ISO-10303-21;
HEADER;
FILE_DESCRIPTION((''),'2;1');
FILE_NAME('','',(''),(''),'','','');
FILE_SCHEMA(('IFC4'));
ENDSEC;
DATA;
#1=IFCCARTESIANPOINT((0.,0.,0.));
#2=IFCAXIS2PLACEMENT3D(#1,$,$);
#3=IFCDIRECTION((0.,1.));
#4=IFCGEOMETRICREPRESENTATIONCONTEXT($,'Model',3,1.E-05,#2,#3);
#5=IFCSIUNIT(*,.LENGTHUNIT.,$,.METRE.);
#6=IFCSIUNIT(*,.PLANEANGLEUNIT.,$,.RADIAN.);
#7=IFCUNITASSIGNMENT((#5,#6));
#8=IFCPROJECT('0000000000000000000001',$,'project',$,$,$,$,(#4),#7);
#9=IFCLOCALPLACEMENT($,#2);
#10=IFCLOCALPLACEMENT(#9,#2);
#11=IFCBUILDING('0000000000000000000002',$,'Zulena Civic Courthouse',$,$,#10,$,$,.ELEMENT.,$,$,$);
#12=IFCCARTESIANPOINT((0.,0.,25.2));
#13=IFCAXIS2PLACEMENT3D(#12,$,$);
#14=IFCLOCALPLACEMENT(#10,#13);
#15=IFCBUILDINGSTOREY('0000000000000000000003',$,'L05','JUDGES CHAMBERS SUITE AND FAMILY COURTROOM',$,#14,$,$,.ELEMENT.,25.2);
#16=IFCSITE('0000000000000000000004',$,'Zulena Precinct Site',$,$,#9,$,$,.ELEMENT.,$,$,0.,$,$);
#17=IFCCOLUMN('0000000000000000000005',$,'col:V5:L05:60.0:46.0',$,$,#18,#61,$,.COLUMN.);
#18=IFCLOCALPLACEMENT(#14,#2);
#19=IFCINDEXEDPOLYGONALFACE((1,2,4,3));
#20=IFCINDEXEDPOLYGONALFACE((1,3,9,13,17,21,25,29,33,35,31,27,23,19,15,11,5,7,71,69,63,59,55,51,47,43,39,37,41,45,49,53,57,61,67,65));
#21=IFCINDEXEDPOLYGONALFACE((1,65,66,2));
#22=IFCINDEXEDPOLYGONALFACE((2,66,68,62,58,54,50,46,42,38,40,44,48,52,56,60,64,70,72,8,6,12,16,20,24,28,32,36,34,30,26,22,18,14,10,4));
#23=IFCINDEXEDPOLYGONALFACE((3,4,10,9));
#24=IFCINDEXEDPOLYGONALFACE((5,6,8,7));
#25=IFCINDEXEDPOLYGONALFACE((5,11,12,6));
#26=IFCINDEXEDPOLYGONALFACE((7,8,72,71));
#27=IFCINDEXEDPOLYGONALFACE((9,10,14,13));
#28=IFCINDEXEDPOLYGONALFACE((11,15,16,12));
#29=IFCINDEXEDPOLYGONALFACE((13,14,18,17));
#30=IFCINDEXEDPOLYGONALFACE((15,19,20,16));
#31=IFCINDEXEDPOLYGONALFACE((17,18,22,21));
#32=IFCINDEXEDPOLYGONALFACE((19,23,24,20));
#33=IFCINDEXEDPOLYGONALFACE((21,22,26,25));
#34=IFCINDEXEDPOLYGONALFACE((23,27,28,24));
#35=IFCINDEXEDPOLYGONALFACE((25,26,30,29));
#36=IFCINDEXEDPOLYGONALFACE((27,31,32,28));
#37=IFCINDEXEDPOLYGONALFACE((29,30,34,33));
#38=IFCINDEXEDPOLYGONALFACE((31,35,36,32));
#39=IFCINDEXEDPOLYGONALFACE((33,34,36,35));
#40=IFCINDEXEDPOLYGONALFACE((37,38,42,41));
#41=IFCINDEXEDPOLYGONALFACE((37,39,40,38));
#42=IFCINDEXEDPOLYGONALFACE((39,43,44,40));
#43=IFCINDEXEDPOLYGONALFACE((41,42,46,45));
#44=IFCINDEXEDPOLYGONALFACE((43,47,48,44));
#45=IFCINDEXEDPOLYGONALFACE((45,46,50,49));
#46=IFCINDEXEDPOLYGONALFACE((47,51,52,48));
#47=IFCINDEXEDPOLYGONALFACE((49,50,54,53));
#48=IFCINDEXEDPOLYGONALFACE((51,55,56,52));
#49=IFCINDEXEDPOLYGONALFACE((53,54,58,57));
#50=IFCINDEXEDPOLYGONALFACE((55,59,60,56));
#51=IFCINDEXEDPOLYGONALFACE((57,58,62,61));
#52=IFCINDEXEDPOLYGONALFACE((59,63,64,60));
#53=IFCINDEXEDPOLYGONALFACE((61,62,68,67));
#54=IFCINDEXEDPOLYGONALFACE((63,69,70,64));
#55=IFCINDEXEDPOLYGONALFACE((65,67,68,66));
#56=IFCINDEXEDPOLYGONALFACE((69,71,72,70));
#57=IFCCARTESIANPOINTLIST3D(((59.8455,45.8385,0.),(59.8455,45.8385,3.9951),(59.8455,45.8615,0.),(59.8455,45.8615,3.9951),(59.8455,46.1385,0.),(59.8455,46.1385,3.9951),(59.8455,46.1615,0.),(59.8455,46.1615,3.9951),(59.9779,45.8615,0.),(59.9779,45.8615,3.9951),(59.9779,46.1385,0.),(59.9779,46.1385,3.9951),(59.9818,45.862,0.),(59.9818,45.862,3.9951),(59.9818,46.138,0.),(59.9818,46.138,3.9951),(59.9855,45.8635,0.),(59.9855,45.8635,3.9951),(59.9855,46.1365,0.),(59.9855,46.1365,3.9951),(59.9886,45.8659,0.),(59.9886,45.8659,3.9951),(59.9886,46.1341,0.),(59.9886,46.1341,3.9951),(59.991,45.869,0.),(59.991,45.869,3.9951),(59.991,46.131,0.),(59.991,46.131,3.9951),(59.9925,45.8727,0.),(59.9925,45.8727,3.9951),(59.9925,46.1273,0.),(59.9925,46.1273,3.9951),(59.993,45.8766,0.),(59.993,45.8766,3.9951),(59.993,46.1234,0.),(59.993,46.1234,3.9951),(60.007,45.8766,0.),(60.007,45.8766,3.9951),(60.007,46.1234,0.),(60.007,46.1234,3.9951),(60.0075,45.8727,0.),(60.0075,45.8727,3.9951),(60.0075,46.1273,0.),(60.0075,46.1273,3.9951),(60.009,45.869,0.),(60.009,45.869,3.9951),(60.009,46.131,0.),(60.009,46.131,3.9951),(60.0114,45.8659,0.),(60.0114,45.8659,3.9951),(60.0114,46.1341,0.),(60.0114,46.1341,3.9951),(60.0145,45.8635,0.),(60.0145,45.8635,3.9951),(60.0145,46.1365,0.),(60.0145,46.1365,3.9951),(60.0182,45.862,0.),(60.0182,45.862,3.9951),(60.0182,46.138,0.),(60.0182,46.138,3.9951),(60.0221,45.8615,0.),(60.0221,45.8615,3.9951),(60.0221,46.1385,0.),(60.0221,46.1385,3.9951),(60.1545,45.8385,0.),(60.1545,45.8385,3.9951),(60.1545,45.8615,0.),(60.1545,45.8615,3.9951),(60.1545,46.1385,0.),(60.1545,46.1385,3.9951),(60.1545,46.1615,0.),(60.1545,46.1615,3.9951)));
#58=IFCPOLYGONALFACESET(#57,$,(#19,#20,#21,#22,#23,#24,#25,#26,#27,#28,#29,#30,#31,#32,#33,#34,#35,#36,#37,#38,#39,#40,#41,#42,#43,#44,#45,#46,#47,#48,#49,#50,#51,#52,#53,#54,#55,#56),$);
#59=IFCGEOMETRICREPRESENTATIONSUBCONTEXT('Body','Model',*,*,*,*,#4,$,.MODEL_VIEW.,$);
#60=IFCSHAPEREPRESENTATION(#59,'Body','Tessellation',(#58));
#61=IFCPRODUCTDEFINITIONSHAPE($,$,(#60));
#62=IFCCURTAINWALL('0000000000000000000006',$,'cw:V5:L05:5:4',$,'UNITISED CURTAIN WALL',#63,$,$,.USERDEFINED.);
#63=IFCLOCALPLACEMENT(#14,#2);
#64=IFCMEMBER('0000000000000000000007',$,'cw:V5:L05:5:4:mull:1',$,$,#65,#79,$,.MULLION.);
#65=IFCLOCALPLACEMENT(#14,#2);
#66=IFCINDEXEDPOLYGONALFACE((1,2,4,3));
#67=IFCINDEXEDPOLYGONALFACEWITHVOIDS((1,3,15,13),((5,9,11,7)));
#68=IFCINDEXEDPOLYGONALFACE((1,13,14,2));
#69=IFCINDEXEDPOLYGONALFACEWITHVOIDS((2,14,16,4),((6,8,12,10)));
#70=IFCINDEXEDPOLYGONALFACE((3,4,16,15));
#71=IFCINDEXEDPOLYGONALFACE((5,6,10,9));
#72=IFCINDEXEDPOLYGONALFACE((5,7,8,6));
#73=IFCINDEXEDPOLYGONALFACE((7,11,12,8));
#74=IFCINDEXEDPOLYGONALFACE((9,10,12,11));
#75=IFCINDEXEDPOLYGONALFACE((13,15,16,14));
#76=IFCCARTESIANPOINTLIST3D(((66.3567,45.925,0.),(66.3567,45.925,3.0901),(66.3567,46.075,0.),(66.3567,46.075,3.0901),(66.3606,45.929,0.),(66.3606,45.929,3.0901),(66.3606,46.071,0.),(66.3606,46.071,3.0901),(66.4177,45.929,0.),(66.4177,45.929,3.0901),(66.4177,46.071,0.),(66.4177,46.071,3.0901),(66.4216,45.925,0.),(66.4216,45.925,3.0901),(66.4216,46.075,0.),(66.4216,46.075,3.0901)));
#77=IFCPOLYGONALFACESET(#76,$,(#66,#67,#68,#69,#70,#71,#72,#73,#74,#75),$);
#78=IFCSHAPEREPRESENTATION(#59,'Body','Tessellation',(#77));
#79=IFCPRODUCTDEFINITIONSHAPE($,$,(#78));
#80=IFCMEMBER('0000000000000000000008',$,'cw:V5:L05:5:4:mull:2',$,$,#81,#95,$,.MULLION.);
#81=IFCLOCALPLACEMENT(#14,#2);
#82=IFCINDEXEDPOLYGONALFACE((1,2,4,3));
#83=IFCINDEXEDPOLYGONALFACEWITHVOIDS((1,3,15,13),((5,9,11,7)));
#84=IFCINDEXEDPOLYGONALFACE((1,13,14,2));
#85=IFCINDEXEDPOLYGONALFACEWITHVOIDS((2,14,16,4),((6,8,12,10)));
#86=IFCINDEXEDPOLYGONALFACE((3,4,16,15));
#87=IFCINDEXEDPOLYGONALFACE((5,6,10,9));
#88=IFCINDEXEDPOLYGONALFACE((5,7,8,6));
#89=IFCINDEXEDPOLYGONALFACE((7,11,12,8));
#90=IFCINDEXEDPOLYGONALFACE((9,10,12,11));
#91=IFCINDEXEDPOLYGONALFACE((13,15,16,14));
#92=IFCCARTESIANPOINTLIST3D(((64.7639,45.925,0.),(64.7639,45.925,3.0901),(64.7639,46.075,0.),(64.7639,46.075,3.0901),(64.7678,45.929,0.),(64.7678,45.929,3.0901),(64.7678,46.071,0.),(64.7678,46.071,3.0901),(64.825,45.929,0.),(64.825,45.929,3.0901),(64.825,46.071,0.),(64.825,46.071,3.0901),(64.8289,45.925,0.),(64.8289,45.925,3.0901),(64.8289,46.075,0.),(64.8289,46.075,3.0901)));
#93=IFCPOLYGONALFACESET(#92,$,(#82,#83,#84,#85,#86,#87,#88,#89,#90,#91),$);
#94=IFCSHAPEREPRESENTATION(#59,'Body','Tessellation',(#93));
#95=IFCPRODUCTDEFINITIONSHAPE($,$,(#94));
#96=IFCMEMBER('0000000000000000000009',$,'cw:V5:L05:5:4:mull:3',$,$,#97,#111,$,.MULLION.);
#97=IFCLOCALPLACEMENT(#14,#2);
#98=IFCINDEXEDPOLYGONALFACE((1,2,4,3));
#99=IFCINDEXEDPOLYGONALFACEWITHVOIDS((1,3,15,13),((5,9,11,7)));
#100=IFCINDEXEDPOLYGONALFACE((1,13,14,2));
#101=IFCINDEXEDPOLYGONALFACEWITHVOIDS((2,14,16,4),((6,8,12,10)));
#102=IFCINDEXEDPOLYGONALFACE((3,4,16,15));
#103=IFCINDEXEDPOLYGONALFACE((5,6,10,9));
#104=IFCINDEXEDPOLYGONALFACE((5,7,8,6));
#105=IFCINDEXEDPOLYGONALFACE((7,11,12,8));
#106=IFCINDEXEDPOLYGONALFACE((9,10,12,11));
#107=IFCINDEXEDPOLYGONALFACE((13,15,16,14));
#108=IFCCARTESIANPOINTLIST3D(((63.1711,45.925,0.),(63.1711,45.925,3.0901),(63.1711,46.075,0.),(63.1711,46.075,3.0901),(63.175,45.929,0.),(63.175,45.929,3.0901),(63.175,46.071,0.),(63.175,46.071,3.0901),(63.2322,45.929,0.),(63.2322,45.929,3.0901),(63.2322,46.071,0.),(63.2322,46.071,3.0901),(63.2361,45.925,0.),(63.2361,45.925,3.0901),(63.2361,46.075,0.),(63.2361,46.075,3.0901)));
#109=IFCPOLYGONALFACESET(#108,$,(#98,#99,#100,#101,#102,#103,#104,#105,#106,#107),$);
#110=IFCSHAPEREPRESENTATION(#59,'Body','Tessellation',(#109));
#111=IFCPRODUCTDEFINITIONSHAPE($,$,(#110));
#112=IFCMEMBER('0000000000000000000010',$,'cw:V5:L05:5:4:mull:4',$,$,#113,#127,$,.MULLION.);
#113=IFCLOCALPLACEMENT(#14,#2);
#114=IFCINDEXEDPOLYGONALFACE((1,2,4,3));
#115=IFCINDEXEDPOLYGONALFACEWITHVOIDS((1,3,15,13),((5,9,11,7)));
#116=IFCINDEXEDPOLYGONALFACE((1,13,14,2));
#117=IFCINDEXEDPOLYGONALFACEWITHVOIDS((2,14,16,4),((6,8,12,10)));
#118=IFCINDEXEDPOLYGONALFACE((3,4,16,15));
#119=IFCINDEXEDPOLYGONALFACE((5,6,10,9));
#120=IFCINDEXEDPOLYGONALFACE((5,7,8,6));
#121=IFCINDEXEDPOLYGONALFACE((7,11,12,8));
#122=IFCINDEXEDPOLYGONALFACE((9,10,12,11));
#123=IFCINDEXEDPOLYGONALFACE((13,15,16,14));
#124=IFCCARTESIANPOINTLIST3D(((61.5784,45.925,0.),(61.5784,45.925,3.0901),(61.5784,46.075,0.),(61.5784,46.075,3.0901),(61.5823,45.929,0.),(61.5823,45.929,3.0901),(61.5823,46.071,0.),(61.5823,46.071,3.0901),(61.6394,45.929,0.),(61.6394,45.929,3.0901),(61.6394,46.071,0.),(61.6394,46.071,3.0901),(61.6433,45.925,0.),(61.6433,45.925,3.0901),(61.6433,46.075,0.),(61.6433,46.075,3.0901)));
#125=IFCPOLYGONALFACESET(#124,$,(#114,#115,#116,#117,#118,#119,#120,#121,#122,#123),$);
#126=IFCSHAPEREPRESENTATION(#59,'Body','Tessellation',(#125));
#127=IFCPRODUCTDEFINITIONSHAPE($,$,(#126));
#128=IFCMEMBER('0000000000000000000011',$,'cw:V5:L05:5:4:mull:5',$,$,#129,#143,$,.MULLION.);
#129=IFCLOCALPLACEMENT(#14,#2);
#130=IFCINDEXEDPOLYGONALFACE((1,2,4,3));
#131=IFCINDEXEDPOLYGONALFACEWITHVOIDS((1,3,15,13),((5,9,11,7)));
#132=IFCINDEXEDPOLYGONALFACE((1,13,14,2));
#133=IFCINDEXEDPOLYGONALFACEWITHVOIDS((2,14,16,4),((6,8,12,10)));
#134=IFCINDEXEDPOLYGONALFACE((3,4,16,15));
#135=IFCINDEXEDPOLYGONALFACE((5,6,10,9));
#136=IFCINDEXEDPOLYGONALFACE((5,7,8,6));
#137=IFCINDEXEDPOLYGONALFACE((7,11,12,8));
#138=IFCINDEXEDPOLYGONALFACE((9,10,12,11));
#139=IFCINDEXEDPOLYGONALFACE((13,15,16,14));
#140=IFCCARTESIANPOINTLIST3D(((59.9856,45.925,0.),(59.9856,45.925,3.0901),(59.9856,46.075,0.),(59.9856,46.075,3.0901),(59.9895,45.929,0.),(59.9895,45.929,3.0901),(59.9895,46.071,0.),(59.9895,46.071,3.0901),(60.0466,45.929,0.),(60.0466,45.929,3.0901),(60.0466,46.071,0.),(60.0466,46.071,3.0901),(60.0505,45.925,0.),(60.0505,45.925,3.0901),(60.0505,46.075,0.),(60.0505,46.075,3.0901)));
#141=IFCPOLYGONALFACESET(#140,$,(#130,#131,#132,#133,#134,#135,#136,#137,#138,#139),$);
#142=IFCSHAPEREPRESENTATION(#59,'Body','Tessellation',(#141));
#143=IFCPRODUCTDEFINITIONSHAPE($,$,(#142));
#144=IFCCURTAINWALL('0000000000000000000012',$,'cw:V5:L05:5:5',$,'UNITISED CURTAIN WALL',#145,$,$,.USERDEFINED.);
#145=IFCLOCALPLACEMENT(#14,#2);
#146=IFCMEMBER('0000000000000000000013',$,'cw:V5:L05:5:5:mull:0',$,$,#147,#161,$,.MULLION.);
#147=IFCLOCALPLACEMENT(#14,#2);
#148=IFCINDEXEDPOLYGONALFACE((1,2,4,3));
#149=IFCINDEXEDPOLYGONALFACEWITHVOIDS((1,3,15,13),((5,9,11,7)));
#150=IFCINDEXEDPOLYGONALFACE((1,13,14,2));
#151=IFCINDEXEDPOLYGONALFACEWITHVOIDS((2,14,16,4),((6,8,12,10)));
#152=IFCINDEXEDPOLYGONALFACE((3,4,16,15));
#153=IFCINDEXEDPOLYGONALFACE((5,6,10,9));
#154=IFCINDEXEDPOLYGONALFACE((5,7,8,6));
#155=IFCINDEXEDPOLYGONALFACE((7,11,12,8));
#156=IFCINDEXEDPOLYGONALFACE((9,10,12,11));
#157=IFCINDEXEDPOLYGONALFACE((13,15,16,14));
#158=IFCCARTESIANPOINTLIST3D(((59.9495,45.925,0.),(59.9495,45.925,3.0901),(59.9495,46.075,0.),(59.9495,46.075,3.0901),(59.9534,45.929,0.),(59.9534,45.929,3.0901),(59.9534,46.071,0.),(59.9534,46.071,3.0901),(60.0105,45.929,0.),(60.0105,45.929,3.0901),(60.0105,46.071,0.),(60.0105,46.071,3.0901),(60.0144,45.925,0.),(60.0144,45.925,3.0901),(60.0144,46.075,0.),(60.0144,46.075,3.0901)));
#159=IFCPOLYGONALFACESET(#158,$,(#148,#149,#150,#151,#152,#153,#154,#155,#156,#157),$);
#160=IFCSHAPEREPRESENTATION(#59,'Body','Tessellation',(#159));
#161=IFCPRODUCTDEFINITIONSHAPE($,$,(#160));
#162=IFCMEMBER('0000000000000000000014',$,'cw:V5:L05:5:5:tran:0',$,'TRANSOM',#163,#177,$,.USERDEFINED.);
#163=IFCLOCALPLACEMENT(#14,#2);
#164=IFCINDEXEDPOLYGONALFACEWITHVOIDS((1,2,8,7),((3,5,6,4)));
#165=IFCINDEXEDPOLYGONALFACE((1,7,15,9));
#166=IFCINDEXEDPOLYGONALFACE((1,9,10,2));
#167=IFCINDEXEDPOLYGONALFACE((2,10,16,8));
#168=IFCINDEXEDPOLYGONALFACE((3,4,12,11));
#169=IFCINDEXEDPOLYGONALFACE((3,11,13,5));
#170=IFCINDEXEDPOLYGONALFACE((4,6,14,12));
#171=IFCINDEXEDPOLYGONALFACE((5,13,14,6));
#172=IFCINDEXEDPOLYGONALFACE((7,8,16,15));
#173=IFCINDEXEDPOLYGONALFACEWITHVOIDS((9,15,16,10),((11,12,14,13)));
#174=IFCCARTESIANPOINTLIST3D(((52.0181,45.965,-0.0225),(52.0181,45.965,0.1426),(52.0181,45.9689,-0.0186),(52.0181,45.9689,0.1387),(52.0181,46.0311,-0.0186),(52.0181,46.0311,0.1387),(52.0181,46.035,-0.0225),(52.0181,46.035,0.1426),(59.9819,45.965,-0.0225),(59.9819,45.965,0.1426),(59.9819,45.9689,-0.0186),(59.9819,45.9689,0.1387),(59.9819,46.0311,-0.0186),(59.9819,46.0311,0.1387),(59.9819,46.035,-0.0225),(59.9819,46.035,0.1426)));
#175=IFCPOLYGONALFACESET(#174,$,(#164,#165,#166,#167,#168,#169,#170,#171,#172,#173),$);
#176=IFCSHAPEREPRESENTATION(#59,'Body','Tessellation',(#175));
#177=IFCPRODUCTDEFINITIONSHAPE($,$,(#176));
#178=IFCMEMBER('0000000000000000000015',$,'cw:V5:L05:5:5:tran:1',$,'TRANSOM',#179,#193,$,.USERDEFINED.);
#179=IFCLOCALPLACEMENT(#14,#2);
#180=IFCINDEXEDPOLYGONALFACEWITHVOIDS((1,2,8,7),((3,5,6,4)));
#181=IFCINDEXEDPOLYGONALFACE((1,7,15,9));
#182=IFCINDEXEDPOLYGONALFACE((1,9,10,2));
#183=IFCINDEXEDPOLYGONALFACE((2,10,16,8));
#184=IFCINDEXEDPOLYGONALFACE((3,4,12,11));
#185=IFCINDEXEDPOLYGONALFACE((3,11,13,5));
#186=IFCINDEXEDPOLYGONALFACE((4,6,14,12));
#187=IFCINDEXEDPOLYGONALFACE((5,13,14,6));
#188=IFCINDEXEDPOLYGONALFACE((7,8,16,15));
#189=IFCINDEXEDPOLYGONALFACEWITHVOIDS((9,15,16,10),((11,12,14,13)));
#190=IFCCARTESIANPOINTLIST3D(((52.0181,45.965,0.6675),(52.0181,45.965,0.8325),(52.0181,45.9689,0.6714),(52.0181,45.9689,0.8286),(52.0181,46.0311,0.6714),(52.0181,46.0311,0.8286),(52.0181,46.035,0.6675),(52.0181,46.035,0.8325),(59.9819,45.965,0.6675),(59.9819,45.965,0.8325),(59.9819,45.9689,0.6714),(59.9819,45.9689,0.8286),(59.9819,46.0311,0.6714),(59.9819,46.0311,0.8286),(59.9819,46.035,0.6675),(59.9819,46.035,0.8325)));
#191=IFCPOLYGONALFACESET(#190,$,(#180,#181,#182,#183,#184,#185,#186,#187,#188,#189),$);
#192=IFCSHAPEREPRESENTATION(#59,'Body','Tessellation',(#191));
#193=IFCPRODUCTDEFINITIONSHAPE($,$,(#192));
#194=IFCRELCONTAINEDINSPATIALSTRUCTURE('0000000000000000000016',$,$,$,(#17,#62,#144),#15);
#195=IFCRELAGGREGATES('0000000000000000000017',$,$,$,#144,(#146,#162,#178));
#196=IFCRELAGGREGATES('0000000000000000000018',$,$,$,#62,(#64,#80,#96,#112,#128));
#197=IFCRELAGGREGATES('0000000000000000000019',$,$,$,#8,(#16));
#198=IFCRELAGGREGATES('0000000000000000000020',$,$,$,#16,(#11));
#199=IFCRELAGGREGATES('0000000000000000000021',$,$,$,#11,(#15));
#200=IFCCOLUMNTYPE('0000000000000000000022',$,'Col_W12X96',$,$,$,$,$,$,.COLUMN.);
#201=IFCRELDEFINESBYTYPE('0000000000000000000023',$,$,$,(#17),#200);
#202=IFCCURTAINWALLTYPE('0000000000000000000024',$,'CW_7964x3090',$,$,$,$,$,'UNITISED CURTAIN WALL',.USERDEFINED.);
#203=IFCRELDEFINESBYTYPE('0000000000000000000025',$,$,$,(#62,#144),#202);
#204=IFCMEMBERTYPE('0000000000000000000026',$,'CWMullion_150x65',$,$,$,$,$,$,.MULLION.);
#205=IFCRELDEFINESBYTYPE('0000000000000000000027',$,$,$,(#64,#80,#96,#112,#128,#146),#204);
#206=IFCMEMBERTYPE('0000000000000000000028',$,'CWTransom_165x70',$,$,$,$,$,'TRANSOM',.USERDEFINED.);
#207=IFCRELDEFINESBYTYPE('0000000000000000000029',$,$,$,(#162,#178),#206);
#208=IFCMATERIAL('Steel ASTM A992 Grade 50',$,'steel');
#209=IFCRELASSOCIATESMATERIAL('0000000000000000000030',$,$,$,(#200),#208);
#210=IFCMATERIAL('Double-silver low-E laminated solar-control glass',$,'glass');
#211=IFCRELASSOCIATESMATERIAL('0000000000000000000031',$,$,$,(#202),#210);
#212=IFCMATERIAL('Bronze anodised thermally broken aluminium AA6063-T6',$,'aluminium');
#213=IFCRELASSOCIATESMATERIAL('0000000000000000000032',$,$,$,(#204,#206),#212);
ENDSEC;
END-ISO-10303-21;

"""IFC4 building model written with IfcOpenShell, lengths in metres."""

from ifc_helpers import new_model, si_unit, direction, frame, origin, origin_2d, place, context, subcontext, project, spatial, hollow_rectangle, i_section, extrude, material, material_profile, profile_set, type_object, element, aggregate, save


model = new_model("IFC4")

# Units and contexts
model_context = context("Model", 3, precision=1e-05, world=origin(), true_north=direction((0.0, 1.0)))
body_context = subcontext(model_context, "Body", "Model", "MODEL_VIEW")
ifc_project = project(units=[si_unit("LENGTHUNIT", "METRE"), si_unit("PLANEANGLEUNIT", "RADIAN")], contexts=[model_context])

# Site, building, storey
site_placement = place(None, origin())
site = spatial("IfcSite", under=ifc_project, at=site_placement, Name="Zulena Precinct Site", CompositionType="ELEMENT", RefElevation=0.0)
building_placement = place(site_placement, origin())
building = spatial("IfcBuilding", under=site, at=building_placement, Name="Zulena Civic Courthouse", CompositionType="ELEMENT")
storey_placement = place(building_placement, frame((0.0, 0.0, 25.2)))
storey = spatial("IfcBuildingStorey", under=building, at=storey_placement, Name="L05", Description="JUDGES CHAMBERS SUITE AND FAMILY COURTROOM", CompositionType="ELEMENT", Elevation=25.2)

# Column
ifc_material_1 = material(Name="Steel ASTM A992 Grade 50", Category="steel")
ifc_material_profile_1 = material_profile(ifc_material_1, i_section(OverallWidth=0.3091, OverallDepth=0.323, WebThickness=0.0139, FlangeThickness=0.0229, FilletRadius=0.0151, at=origin_2d()), Name="W12X96")
ifc_profile_set_1 = profile_set([ifc_material_profile_1], Name="Steel ASTM A992 Grade 50")
column_type = type_object("IfcColumnType", Name="Col_W12X96", PredefinedType="COLUMN", material=ifc_profile_set_1)
column_placement = place(storey_placement, frame((60.0, 46.0, 0.0), z_axis=(0.0, 0.0, 1.0), x_axis=(1.0, 0.0, 0.0)))
element("IfcColumn", 1, at=column_placement, inside=storey, type_object=column_type, Name="col:V5:L05:60.0:46.0", PredefinedType="COLUMN", context=body_context, shape_type="SweptSolid", body=[
    extrude(i_section(OverallWidth=0.3091, OverallDepth=0.323, WebThickness=0.0139, FlangeThickness=0.0229, FilletRadius=0.0151, at=origin_2d()), origin(), (0.0, 0.0, 1.0), 3.9951),
])

# Curtain walls, members
ifc_material_2 = material(Name="Double-silver low-E laminated solar-control glass", Category="glass")
curtain_wall_type = type_object("IfcCurtainWallType", Name="CW_7964x3090", ElementType="UNITISED CURTAIN WALL", PredefinedType="USERDEFINED", material=ifc_material_2)
curtain_wall_1_placement = place(storey_placement, origin())
curtain_wall_1 = element("IfcCurtainWall", 2, at=curtain_wall_1_placement, inside=storey, type_object=curtain_wall_type, Name="cw:V5:L05:5:4", ObjectType="UNITISED CURTAIN WALL", PredefinedType="USERDEFINED")
ifc_material_3 = material(Name="Bronze anodised thermally broken aluminium AA6063-T6", Category="aluminium")
ifc_material_profile_2 = material_profile(ifc_material_3, hollow_rectangle(XDim=0.0649, YDim=0.1499, WallThickness=0.0039, at=origin_2d()), Name="CWM150X65X4")
ifc_profile_set_2 = profile_set([ifc_material_profile_2], Name="Bronze anodised thermally broken aluminium AA6063-T6")
member_type_1 = type_object("IfcMemberType", Name="CWMullion_150x65", PredefinedType="MULLION", material=ifc_profile_set_2)
member_1_placement = place(storey_placement, frame((66.3892, 46.0, 0.0), z_axis=(0.0, 0.0, 1.0), x_axis=(1.0, 0.0, 0.0)))
member_1 = element("IfcMember", 3, at=member_1_placement, type_object=member_type_1, Name="cw:V5:L05:5:4:mull:1", PredefinedType="MULLION", context=body_context, shape_type="SweptSolid", body=[
    extrude(hollow_rectangle(XDim=0.0649, YDim=0.1499, WallThickness=0.0039, at=origin_2d()), origin(), (0.0, 0.0, 1.0), 3.0901),
])
member_2_placement = place(storey_placement, frame((64.7964, 46.0, 0.0), z_axis=(0.0, 0.0, 1.0), x_axis=(1.0, 0.0, 0.0)))
member_2 = element("IfcMember", 4, at=member_2_placement, type_object=member_type_1, Name="cw:V5:L05:5:4:mull:2", PredefinedType="MULLION", context=body_context, shape_type="SweptSolid", body=[
    extrude(hollow_rectangle(XDim=0.0649, YDim=0.1499, WallThickness=0.0039, at=origin_2d()), origin(), (0.0, 0.0, 1.0), 3.0901),
])
member_3_placement = place(storey_placement, frame((63.2036, 46.0, 0.0), z_axis=(0.0, 0.0, 1.0), x_axis=(1.0, 0.0, 0.0)))
member_3 = element("IfcMember", 5, at=member_3_placement, type_object=member_type_1, Name="cw:V5:L05:5:4:mull:3", PredefinedType="MULLION", context=body_context, shape_type="SweptSolid", body=[
    extrude(hollow_rectangle(XDim=0.0649, YDim=0.1499, WallThickness=0.0039, at=origin_2d()), origin(), (0.0, 0.0, 1.0), 3.0901),
])
member_4_placement = place(storey_placement, frame((61.6108, 46.0, 0.0), z_axis=(0.0, 0.0, 1.0), x_axis=(1.0, 0.0, 0.0)))
member_4 = element("IfcMember", 6, at=member_4_placement, type_object=member_type_1, Name="cw:V5:L05:5:4:mull:4", PredefinedType="MULLION", context=body_context, shape_type="SweptSolid", body=[
    extrude(hollow_rectangle(XDim=0.0649, YDim=0.1499, WallThickness=0.0039, at=origin_2d()), origin(), (0.0, 0.0, 1.0), 3.0901),
])
member_5_placement = place(storey_placement, frame((60.0181, 46.0, 0.0), z_axis=(0.0, 0.0, 1.0), x_axis=(1.0, 0.0, 0.0)))
member_5 = element("IfcMember", 7, at=member_5_placement, type_object=member_type_1, Name="cw:V5:L05:5:4:mull:5", PredefinedType="MULLION", context=body_context, shape_type="SweptSolid", body=[
    extrude(hollow_rectangle(XDim=0.0649, YDim=0.1499, WallThickness=0.0039, at=origin_2d()), origin(), (0.0, 0.0, 1.0), 3.0901),
])
curtain_wall_2_placement = place(storey_placement, origin())
curtain_wall_2 = element("IfcCurtainWall", 8, at=curtain_wall_2_placement, inside=storey, type_object=curtain_wall_type, Name="cw:V5:L05:5:5", ObjectType="UNITISED CURTAIN WALL", PredefinedType="USERDEFINED")
member_6_placement = place(storey_placement, frame((59.9819, 46.0, 0.0), z_axis=(0.0, 0.0, 1.0), x_axis=(1.0, 0.0, 0.0)))
member_6 = element("IfcMember", 9, at=member_6_placement, type_object=member_type_1, Name="cw:V5:L05:5:5:mull:0", PredefinedType="MULLION", context=body_context, shape_type="SweptSolid", body=[
    extrude(hollow_rectangle(XDim=0.0649, YDim=0.1499, WallThickness=0.0039, at=origin_2d()), origin(), (0.0, 0.0, 1.0), 3.0901),
])
ifc_material_profile_3 = material_profile(ifc_material_3, hollow_rectangle(XDim=0.0701, YDim=0.165, WallThickness=0.0039, at=origin_2d()), Name="CWT165X70X4")
ifc_profile_set_3 = profile_set([ifc_material_profile_3], Name="Bronze anodised thermally broken aluminium AA6063-T6")
member_type_2 = type_object("IfcMemberType", Name="CWTransom_165x70", ElementType="TRANSOM", PredefinedType="USERDEFINED", material=ifc_profile_set_3)
member_7_placement = place(storey_placement, frame((59.9819, 46.0, 0.0601), z_axis=(-1.0, 0.0, 0.0), x_axis=(0.0, -1.0, 0.0)))
member_7 = element("IfcMember", 10, at=member_7_placement, type_object=member_type_2, Name="cw:V5:L05:5:5:tran:0", ObjectType="TRANSOM", PredefinedType="USERDEFINED", context=body_context, shape_type="SweptSolid", body=[
    extrude(hollow_rectangle(XDim=0.0701, YDim=0.165, WallThickness=0.0039, at=origin_2d()), origin(), (0.0, 0.0, 1.0), 7.9639),
])
member_8_placement = place(storey_placement, frame((59.9819, 46.0, 0.75), z_axis=(-1.0, 0.0, 0.0), x_axis=(0.0, -1.0, 0.0)))
member_8 = element("IfcMember", 11, at=member_8_placement, type_object=member_type_2, Name="cw:V5:L05:5:5:tran:1", ObjectType="TRANSOM", PredefinedType="USERDEFINED", context=body_context, shape_type="SweptSolid", body=[
    extrude(hollow_rectangle(XDim=0.0701, YDim=0.165, WallThickness=0.0039, at=origin_2d()), origin(), (0.0, 0.0, 1.0), 7.9639),
])

aggregate(curtain_wall_2, [member_6, member_7, member_8])
aggregate(curtain_wall_1, [member_1, member_2, member_3, member_4, member_5])

save(model, "model.ifc")
